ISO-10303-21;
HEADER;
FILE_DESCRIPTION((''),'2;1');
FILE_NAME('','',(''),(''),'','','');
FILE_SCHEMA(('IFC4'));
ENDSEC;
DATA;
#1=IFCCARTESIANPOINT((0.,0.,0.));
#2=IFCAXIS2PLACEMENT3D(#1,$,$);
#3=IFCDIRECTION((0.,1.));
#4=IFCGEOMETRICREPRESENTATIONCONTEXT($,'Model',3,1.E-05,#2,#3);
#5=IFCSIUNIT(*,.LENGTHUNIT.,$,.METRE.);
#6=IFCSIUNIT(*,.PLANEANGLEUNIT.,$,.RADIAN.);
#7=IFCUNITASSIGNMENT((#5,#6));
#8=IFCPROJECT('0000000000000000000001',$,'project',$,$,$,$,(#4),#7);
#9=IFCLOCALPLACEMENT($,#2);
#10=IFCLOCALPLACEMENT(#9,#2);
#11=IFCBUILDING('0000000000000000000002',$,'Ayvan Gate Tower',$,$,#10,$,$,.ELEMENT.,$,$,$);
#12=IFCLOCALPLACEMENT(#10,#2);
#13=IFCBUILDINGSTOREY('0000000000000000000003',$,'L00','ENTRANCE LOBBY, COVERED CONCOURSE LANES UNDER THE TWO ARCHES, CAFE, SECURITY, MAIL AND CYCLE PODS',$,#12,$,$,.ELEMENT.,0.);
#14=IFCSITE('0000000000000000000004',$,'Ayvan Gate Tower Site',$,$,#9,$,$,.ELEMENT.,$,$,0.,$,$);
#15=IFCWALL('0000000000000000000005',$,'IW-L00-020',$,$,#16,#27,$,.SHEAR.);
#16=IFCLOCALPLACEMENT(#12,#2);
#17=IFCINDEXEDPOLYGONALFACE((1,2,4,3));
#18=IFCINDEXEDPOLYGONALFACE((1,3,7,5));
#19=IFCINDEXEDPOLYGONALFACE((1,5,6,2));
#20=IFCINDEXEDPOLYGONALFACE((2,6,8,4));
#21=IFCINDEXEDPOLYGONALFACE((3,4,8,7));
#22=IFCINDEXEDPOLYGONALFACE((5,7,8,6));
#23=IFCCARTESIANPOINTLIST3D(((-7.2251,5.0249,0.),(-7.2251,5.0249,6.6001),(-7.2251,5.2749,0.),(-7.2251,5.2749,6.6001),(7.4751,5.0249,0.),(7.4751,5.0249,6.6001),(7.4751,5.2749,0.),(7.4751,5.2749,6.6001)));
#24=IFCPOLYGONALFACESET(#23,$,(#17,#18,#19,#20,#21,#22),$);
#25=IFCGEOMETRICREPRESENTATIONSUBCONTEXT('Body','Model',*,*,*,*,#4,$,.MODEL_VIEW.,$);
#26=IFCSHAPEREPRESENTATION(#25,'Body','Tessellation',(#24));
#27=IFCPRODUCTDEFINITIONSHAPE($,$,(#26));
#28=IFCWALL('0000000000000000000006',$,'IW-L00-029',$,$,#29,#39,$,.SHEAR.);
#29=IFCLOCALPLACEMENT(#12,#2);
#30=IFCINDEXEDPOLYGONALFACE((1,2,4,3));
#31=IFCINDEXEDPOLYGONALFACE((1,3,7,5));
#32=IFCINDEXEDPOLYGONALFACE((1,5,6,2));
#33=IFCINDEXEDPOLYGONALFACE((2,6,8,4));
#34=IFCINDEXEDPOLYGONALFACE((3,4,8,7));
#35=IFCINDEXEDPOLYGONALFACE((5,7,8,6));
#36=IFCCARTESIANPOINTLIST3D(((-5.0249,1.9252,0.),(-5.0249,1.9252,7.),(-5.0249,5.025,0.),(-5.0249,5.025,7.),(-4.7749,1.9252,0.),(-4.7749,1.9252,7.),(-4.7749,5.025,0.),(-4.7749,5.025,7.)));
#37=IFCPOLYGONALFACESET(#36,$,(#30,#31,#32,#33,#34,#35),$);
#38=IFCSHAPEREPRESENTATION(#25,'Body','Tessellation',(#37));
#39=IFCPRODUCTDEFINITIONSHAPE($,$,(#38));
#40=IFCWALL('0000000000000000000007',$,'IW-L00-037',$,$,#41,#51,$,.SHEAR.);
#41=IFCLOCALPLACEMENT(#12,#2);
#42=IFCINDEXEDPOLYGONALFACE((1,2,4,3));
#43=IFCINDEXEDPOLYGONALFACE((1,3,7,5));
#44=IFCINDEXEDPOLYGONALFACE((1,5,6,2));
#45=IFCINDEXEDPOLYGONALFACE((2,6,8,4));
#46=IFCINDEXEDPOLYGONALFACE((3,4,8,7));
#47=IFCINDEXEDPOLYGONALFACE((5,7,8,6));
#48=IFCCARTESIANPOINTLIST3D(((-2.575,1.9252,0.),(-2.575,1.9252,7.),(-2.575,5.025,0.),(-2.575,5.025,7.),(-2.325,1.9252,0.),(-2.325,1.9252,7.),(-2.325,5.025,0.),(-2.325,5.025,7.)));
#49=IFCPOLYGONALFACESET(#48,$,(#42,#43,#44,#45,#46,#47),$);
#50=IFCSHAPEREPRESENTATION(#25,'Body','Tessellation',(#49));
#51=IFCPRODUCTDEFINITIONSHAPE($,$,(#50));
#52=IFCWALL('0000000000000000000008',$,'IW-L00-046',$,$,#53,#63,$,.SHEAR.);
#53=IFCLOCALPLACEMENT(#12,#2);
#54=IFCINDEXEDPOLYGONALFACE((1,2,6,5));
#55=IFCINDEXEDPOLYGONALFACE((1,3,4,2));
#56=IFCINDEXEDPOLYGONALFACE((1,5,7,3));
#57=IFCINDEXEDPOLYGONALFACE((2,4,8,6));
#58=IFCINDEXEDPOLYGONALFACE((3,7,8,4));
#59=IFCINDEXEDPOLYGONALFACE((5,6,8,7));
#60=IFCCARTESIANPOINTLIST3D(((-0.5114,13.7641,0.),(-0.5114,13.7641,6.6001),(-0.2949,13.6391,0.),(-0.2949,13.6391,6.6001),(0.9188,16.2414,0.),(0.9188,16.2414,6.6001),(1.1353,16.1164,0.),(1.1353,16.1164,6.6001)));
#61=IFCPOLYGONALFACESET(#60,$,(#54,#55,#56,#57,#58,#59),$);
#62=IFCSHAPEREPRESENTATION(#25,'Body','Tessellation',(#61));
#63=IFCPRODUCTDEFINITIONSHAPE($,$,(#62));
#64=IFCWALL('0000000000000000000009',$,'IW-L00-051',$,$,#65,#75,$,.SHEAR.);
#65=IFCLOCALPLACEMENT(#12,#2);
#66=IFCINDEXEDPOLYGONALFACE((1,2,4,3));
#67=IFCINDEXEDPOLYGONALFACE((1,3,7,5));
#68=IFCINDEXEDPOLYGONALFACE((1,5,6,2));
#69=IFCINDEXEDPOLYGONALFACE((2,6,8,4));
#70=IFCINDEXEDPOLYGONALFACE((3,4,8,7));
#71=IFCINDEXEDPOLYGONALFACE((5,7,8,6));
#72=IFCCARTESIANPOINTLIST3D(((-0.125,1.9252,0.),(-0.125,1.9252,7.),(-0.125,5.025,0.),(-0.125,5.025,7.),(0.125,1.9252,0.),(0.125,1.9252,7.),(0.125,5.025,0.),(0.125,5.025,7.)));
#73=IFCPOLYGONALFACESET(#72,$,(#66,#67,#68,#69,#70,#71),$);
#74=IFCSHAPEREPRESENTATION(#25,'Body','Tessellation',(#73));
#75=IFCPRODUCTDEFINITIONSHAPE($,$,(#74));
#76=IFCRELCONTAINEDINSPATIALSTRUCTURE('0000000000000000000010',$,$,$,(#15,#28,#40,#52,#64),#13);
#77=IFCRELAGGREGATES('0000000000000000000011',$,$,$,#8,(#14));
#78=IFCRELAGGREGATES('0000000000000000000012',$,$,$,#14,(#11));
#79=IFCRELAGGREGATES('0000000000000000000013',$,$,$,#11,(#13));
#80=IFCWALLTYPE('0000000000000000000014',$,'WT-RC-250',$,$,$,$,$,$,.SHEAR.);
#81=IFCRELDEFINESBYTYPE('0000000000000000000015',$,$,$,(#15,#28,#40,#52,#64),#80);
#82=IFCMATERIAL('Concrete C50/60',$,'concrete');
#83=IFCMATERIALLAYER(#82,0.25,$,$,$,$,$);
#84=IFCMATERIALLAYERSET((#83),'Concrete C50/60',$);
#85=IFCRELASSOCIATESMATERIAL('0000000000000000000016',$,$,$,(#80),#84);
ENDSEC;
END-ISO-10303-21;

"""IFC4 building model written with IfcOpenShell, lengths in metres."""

from ifc_helpers import new_model, si_unit, direction, frame, frame_2d, origin, place, context, subcontext, project, spatial, rectangle, extrude, material, layer, layer_set, type_object, element, save


model = new_model("IFC4")

# Units and contexts
model_context = context("Model", 3, precision=1e-05, world=origin(), true_north=direction((0.0, 1.0)))
body_context = subcontext(model_context, "Body", "Model", "MODEL_VIEW")
ifc_project = project(units=[si_unit("LENGTHUNIT", "METRE"), si_unit("PLANEANGLEUNIT", "RADIAN")], contexts=[model_context])

# Site, building, storey
site_placement = place(None, origin())
site = spatial("IfcSite", under=ifc_project, at=site_placement, Name="Ayvan Gate Tower Site", CompositionType="ELEMENT", RefElevation=0.0)
building_placement = place(site_placement, origin())
building = spatial("IfcBuilding", under=site, at=building_placement, Name="Ayvan Gate Tower", CompositionType="ELEMENT")
storey_placement = place(building_placement, origin())
storey = spatial("IfcBuildingStorey", under=building, at=storey_placement, Name="L00", Description="ENTRANCE LOBBY, COVERED CONCOURSE LANES UNDER THE TWO ARCHES, CAFE, SECURITY, MAIL AND CYCLE PODS", CompositionType="ELEMENT", Elevation=0.0)

# Walls
ifc_material_1 = material(Name="Concrete C50/60", Category="concrete")
ifc_layer_1 = layer(ifc_material_1, 0.25)
ifc_layer_set_1 = layer_set([ifc_layer_1], Name="Concrete C50/60")
wall_type_1 = type_object("IfcWallType", Name="WT-RC-250", PredefinedType="SHEAR", material=ifc_layer_set_1)
wall_1_placement = place(storey_placement, frame((-7.2251, 5.1499, 0.0), z_axis=(0.0, 0.0, 1.0), x_axis=(1.0, 0.0, 0.0)))
element("IfcWall", 1, at=wall_1_placement, inside=storey, type_object=wall_type_1, Name="IW-L00-020", PredefinedType="SHEAR", context=body_context, shape_type="SweptSolid", body=[
    extrude(rectangle(XDim=14.7002, YDim=0.25, at=frame_2d((7.3501, 0.0))), origin(), (0.0, 0.0, 1.0), 6.6001),
])
for number, where, z_axis, x_axis, name in (
    (2, (-4.8999, 5.0249, 0.0), (0.0, 0.0, 1.0), (0.0, -1.0, 0.0), "IW-L00-029"),
    (3, (-2.45, 5.0249, 0.0), (0.0, 0.0, 1.0), (0.0, -1.0, 0.0), "IW-L00-037"),
):
    element("IfcWall", number, at=place(storey_placement, frame(where, z_axis=z_axis, x_axis=x_axis)), inside=storey, type_object=wall_type_1, Name=name, PredefinedType="SHEAR", context=body_context, shape_type="SweptSolid", body=[
        extrude(rectangle(XDim=3.0999, YDim=0.25, at=frame_2d((1.5498, 0.0))), origin(), (0.0, 0.0, 1.0), 7.0),
    ])
wall_2_placement = place(storey_placement, frame((-0.4031, 13.7017, 0.0), z_axis=(0.0, 0.0, 1.0), x_axis=(0.499976, 0.866039, 0.0)))
element("IfcWall", 4, at=wall_2_placement, inside=storey, type_object=wall_type_1, Name="IW-L00-046", PredefinedType="SHEAR", context=body_context, shape_type="SweptSolid", body=[
    extrude(rectangle(XDim=2.8606, YDim=0.25, at=frame_2d((1.4302, 0.0))), origin(), (0.0, 0.0, 1.0), 6.6001),
])
wall_3_placement = place(storey_placement, frame((0.0, 5.0249, 0.0), z_axis=(0.0, 0.0, 1.0), x_axis=(0.0, -1.0, 0.0)))
element("IfcWall", 5, at=wall_3_placement, inside=storey, type_object=wall_type_1, Name="IW-L00-051", PredefinedType="SHEAR", context=body_context, shape_type="SweptSolid", body=[
    extrude(rectangle(XDim=3.0999, YDim=0.25, at=frame_2d((1.5498, 0.0))), origin(), (0.0, 0.0, 1.0), 7.0),
])

save(model, "model.ifc")
